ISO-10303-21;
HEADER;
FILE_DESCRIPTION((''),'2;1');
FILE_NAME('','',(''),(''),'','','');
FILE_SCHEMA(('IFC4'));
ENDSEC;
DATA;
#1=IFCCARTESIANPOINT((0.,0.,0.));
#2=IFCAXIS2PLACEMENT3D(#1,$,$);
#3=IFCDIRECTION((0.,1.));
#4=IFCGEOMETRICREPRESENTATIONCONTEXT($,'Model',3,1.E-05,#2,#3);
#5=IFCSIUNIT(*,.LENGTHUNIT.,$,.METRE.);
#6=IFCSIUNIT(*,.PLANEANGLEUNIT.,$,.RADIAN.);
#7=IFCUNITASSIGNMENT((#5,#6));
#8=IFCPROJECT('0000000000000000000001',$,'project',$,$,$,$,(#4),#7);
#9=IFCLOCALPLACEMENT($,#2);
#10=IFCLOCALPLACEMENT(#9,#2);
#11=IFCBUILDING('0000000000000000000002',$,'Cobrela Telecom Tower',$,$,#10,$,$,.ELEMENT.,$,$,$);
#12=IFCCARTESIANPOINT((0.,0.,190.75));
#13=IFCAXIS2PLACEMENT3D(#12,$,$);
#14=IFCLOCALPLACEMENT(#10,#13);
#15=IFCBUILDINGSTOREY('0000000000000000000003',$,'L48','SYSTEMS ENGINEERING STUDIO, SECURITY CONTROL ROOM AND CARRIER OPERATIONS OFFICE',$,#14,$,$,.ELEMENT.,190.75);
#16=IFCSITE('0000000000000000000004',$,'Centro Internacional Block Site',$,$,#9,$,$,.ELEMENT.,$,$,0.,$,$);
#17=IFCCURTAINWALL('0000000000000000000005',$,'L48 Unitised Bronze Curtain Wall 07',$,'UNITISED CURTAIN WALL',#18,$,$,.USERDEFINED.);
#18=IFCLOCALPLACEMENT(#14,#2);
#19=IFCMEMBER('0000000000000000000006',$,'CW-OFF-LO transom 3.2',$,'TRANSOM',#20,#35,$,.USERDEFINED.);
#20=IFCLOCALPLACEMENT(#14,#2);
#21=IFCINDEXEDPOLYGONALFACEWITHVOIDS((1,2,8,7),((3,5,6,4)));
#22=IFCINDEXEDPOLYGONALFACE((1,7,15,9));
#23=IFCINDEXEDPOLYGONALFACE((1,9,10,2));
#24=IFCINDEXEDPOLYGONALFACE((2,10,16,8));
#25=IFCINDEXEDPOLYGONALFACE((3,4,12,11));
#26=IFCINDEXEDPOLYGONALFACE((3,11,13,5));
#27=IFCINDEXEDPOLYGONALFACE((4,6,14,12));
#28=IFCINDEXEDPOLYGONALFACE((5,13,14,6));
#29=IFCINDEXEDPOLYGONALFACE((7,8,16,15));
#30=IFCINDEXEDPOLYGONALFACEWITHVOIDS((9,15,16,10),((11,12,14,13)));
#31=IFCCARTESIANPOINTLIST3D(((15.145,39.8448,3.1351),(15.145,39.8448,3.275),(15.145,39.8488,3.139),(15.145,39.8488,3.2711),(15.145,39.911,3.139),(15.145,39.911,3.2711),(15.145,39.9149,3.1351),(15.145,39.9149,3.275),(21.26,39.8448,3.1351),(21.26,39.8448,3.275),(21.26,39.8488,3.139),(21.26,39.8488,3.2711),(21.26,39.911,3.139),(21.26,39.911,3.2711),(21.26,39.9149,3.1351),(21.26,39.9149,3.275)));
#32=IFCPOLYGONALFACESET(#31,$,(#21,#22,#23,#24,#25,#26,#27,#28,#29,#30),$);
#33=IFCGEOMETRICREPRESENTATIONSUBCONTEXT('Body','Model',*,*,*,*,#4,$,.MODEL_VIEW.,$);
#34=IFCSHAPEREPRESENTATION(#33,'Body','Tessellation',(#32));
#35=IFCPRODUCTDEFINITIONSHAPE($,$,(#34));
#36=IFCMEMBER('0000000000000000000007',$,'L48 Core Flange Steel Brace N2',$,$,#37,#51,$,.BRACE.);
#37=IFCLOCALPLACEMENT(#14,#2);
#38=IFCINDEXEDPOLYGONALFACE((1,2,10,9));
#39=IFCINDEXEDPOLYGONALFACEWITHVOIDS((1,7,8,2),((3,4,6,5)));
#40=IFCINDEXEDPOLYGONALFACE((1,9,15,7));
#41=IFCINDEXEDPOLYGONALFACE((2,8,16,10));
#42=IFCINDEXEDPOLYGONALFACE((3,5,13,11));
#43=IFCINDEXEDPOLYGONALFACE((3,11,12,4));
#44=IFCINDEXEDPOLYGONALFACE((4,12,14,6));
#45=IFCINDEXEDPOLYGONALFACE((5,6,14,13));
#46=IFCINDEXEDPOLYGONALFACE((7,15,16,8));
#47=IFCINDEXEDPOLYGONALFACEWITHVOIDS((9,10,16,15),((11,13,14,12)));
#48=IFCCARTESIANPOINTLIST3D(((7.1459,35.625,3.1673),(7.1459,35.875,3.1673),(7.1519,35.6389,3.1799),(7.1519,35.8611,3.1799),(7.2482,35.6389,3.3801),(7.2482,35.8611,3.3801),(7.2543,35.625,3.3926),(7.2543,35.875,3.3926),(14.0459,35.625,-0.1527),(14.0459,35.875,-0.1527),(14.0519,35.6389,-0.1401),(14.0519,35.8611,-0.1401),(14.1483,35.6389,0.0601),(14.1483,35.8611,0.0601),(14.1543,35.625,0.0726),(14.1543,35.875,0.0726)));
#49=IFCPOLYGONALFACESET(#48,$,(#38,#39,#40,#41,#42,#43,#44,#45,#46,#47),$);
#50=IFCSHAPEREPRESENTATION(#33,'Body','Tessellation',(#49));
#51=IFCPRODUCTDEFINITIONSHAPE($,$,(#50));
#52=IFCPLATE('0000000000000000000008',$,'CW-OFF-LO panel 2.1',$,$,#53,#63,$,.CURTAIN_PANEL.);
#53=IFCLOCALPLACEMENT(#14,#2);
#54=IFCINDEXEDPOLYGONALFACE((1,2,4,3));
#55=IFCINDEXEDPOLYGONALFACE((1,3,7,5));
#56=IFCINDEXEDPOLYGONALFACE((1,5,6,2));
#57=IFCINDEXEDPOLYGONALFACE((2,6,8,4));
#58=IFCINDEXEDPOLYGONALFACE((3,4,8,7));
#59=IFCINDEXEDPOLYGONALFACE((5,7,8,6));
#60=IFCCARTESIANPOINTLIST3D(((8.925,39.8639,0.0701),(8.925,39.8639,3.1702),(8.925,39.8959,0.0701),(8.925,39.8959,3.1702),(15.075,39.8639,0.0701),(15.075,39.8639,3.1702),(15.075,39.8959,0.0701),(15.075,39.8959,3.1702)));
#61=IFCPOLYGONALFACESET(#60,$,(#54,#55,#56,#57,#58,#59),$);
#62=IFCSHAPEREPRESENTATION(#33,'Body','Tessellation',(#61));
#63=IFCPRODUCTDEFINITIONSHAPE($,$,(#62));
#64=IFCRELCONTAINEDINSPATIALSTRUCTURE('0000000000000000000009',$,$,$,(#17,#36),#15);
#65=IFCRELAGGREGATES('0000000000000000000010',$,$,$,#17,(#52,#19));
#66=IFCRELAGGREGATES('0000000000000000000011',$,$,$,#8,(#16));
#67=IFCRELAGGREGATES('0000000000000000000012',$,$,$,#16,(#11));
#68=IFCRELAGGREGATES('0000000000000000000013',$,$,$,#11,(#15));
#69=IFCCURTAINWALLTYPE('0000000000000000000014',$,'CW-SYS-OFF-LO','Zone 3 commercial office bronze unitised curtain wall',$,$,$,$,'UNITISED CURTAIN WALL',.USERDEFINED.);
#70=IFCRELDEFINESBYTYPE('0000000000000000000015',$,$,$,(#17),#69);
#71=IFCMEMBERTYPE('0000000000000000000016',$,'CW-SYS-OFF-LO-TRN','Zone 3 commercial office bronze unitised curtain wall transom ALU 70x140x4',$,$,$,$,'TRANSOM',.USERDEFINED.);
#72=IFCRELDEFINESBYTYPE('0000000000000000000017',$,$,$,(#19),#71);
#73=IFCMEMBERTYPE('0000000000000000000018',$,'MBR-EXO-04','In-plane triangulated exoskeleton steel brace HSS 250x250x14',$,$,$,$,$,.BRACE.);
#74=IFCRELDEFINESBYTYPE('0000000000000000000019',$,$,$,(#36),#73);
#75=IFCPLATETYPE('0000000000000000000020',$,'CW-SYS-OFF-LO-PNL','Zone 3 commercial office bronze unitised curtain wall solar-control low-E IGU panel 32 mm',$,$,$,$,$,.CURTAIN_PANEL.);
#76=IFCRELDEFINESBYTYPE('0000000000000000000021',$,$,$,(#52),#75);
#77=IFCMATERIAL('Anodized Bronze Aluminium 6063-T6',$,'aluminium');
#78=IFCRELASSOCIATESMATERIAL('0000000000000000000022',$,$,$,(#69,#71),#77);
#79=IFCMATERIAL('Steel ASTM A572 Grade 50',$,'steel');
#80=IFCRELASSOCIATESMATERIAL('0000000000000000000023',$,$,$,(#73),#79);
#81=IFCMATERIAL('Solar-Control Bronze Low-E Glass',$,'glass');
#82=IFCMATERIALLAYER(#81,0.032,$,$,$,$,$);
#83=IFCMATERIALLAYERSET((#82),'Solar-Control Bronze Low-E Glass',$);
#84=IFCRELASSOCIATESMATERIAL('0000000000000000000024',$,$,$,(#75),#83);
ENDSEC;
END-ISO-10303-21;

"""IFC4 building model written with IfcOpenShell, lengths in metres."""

from ifc_helpers import new_model, si_unit, direction, frame, origin, origin_2d, place, context, subcontext, project, spatial, rectangle, hollow_rectangle, extrude, material, layer, layer_set, material_profile, profile_set, type_object, element, aggregate, save


model = new_model("IFC4")

# Units and contexts
model_context = context("Model", 3, precision=1e-05, world=origin(), true_north=direction((0.0, 1.0)))
body_context = subcontext(model_context, "Body", "Model", "MODEL_VIEW")
ifc_project = project(units=[si_unit("LENGTHUNIT", "METRE"), si_unit("PLANEANGLEUNIT", "RADIAN")], contexts=[model_context])

# Site, building, storey
site_placement = place(None, origin())
site = spatial("IfcSite", under=ifc_project, at=site_placement, Name="Centro Internacional Block Site", CompositionType="ELEMENT", RefElevation=0.0)
building_placement = place(site_placement, origin())
building = spatial("IfcBuilding", under=site, at=building_placement, Name="Cobrela Telecom Tower", CompositionType="ELEMENT")
storey_placement = place(building_placement, frame((0.0, 0.0, 190.75)))
storey = spatial("IfcBuildingStorey", under=building, at=storey_placement, Name="L48", Description="SYSTEMS ENGINEERING STUDIO, SECURITY CONTROL ROOM AND CARRIER OPERATIONS OFFICE", CompositionType="ELEMENT", Elevation=190.75)

# Shared definitions
ifc_material_1 = material(Name="Steel ASTM A572 Grade 50", Category="steel")

# Curtain wall, member
ifc_material_2 = material(Name="Anodized Bronze Aluminium 6063-T6", Category="aluminium")
curtain_wall_type = type_object("IfcCurtainWallType", Name="CW-SYS-OFF-LO", Description="Zone 3 commercial office bronze unitised curtain wall", ElementType="UNITISED CURTAIN WALL", PredefinedType="USERDEFINED", material=ifc_material_2)
curtain_wall_placement = place(storey_placement, origin())
curtain_wall = element("IfcCurtainWall", 1, at=curtain_wall_placement, inside=storey, type_object=curtain_wall_type, Name="L48 Unitised Bronze Curtain Wall 07", ObjectType="UNITISED CURTAIN WALL", PredefinedType="USERDEFINED")
ifc_material_profile_1 = material_profile(ifc_material_2, hollow_rectangle(XDim=0.0701, YDim=0.1399, WallThickness=0.0039, at=origin_2d()), Name="ALU 70x140x4")
ifc_profile_set_1 = profile_set([ifc_material_profile_1], Name="Anodized Bronze Aluminium 6063-T6")
member_type_1 = type_object("IfcMemberType", Name="CW-SYS-OFF-LO-TRN", Description="Zone 3 commercial office bronze unitised curtain wall transom ALU 70x140x4", ElementType="TRANSOM", PredefinedType="USERDEFINED", material=ifc_profile_set_1)
member_1_placement = place(storey_placement, frame((15.145, 39.8799, 3.2051), z_axis=(1.0, 0.0, 0.0), x_axis=(0.0, 1.0, 0.0)))
member_1 = element("IfcMember", 2, at=member_1_placement, type_object=member_type_1, Name="CW-OFF-LO transom 3.2", ObjectType="TRANSOM", PredefinedType="USERDEFINED", context=body_context, shape_type="SweptSolid", body=[
    extrude(hollow_rectangle(XDim=0.0701, YDim=0.1399, WallThickness=0.0039, at=origin_2d()), origin(), (0.0, 0.0, 1.0), 6.115),
])

# Member
ifc_material_profile_2 = material_profile(ifc_material_1, hollow_rectangle(XDim=0.25, YDim=0.25, WallThickness=0.0139, at=origin_2d()), Name="HSS 250x250x14")
ifc_profile_set_2 = profile_set([ifc_material_profile_2], Name="Steel ASTM A572 Grade 50")
member_type_2 = type_object("IfcMemberType", Name="MBR-EXO-04", Description="In-plane triangulated exoskeleton steel brace HSS 250x250x14", PredefinedType="BRACE", material=ifc_profile_set_2)
member_2_placement = place(storey_placement, frame((14.1001, 35.75, -0.04), z_axis=(-0.901115, 0.0, 0.43358), x_axis=(0.0, -1.0, 0.0)))
element("IfcMember", 3, at=member_2_placement, inside=storey, type_object=member_type_2, Name="L48 Core Flange Steel Brace N2", PredefinedType="BRACE", context=body_context, shape_type="SweptSolid", body=[
    extrude(hollow_rectangle(XDim=0.25, YDim=0.25, WallThickness=0.0139, at=origin_2d()), origin(), (0.0, 0.0, 1.0), 7.6572),
])

# Plate
ifc_material_3 = material(Name="Solar-Control Bronze Low-E Glass", Category="glass")
ifc_layer_1 = layer(ifc_material_3, 0.032)
ifc_layer_set_1 = layer_set([ifc_layer_1], Name="Solar-Control Bronze Low-E Glass")
plate_type = type_object("IfcPlateType", Name="CW-SYS-OFF-LO-PNL", Description="Zone 3 commercial office bronze unitised curtain wall solar-control low-E IGU panel 32 mm", PredefinedType="CURTAIN_PANEL", material=ifc_layer_set_1)
plate_placement = place(storey_placement, frame((12.0, 39.8799, 0.0701), z_axis=(0.0, 0.0, 1.0), x_axis=(1.0, 0.0, 0.0)))
plate = element("IfcPlate", 4, at=plate_placement, type_object=plate_type, Name="CW-OFF-LO panel 2.1", PredefinedType="CURTAIN_PANEL", context=body_context, shape_type="SweptSolid", body=[
    extrude(rectangle(XDim=6.1499, YDim=0.032, at=origin_2d()), origin(), (0.0, 0.0, 1.0), 3.1001),
])
aggregate(curtain_wall, [plate, member_1])

save(model, "model.ifc")
